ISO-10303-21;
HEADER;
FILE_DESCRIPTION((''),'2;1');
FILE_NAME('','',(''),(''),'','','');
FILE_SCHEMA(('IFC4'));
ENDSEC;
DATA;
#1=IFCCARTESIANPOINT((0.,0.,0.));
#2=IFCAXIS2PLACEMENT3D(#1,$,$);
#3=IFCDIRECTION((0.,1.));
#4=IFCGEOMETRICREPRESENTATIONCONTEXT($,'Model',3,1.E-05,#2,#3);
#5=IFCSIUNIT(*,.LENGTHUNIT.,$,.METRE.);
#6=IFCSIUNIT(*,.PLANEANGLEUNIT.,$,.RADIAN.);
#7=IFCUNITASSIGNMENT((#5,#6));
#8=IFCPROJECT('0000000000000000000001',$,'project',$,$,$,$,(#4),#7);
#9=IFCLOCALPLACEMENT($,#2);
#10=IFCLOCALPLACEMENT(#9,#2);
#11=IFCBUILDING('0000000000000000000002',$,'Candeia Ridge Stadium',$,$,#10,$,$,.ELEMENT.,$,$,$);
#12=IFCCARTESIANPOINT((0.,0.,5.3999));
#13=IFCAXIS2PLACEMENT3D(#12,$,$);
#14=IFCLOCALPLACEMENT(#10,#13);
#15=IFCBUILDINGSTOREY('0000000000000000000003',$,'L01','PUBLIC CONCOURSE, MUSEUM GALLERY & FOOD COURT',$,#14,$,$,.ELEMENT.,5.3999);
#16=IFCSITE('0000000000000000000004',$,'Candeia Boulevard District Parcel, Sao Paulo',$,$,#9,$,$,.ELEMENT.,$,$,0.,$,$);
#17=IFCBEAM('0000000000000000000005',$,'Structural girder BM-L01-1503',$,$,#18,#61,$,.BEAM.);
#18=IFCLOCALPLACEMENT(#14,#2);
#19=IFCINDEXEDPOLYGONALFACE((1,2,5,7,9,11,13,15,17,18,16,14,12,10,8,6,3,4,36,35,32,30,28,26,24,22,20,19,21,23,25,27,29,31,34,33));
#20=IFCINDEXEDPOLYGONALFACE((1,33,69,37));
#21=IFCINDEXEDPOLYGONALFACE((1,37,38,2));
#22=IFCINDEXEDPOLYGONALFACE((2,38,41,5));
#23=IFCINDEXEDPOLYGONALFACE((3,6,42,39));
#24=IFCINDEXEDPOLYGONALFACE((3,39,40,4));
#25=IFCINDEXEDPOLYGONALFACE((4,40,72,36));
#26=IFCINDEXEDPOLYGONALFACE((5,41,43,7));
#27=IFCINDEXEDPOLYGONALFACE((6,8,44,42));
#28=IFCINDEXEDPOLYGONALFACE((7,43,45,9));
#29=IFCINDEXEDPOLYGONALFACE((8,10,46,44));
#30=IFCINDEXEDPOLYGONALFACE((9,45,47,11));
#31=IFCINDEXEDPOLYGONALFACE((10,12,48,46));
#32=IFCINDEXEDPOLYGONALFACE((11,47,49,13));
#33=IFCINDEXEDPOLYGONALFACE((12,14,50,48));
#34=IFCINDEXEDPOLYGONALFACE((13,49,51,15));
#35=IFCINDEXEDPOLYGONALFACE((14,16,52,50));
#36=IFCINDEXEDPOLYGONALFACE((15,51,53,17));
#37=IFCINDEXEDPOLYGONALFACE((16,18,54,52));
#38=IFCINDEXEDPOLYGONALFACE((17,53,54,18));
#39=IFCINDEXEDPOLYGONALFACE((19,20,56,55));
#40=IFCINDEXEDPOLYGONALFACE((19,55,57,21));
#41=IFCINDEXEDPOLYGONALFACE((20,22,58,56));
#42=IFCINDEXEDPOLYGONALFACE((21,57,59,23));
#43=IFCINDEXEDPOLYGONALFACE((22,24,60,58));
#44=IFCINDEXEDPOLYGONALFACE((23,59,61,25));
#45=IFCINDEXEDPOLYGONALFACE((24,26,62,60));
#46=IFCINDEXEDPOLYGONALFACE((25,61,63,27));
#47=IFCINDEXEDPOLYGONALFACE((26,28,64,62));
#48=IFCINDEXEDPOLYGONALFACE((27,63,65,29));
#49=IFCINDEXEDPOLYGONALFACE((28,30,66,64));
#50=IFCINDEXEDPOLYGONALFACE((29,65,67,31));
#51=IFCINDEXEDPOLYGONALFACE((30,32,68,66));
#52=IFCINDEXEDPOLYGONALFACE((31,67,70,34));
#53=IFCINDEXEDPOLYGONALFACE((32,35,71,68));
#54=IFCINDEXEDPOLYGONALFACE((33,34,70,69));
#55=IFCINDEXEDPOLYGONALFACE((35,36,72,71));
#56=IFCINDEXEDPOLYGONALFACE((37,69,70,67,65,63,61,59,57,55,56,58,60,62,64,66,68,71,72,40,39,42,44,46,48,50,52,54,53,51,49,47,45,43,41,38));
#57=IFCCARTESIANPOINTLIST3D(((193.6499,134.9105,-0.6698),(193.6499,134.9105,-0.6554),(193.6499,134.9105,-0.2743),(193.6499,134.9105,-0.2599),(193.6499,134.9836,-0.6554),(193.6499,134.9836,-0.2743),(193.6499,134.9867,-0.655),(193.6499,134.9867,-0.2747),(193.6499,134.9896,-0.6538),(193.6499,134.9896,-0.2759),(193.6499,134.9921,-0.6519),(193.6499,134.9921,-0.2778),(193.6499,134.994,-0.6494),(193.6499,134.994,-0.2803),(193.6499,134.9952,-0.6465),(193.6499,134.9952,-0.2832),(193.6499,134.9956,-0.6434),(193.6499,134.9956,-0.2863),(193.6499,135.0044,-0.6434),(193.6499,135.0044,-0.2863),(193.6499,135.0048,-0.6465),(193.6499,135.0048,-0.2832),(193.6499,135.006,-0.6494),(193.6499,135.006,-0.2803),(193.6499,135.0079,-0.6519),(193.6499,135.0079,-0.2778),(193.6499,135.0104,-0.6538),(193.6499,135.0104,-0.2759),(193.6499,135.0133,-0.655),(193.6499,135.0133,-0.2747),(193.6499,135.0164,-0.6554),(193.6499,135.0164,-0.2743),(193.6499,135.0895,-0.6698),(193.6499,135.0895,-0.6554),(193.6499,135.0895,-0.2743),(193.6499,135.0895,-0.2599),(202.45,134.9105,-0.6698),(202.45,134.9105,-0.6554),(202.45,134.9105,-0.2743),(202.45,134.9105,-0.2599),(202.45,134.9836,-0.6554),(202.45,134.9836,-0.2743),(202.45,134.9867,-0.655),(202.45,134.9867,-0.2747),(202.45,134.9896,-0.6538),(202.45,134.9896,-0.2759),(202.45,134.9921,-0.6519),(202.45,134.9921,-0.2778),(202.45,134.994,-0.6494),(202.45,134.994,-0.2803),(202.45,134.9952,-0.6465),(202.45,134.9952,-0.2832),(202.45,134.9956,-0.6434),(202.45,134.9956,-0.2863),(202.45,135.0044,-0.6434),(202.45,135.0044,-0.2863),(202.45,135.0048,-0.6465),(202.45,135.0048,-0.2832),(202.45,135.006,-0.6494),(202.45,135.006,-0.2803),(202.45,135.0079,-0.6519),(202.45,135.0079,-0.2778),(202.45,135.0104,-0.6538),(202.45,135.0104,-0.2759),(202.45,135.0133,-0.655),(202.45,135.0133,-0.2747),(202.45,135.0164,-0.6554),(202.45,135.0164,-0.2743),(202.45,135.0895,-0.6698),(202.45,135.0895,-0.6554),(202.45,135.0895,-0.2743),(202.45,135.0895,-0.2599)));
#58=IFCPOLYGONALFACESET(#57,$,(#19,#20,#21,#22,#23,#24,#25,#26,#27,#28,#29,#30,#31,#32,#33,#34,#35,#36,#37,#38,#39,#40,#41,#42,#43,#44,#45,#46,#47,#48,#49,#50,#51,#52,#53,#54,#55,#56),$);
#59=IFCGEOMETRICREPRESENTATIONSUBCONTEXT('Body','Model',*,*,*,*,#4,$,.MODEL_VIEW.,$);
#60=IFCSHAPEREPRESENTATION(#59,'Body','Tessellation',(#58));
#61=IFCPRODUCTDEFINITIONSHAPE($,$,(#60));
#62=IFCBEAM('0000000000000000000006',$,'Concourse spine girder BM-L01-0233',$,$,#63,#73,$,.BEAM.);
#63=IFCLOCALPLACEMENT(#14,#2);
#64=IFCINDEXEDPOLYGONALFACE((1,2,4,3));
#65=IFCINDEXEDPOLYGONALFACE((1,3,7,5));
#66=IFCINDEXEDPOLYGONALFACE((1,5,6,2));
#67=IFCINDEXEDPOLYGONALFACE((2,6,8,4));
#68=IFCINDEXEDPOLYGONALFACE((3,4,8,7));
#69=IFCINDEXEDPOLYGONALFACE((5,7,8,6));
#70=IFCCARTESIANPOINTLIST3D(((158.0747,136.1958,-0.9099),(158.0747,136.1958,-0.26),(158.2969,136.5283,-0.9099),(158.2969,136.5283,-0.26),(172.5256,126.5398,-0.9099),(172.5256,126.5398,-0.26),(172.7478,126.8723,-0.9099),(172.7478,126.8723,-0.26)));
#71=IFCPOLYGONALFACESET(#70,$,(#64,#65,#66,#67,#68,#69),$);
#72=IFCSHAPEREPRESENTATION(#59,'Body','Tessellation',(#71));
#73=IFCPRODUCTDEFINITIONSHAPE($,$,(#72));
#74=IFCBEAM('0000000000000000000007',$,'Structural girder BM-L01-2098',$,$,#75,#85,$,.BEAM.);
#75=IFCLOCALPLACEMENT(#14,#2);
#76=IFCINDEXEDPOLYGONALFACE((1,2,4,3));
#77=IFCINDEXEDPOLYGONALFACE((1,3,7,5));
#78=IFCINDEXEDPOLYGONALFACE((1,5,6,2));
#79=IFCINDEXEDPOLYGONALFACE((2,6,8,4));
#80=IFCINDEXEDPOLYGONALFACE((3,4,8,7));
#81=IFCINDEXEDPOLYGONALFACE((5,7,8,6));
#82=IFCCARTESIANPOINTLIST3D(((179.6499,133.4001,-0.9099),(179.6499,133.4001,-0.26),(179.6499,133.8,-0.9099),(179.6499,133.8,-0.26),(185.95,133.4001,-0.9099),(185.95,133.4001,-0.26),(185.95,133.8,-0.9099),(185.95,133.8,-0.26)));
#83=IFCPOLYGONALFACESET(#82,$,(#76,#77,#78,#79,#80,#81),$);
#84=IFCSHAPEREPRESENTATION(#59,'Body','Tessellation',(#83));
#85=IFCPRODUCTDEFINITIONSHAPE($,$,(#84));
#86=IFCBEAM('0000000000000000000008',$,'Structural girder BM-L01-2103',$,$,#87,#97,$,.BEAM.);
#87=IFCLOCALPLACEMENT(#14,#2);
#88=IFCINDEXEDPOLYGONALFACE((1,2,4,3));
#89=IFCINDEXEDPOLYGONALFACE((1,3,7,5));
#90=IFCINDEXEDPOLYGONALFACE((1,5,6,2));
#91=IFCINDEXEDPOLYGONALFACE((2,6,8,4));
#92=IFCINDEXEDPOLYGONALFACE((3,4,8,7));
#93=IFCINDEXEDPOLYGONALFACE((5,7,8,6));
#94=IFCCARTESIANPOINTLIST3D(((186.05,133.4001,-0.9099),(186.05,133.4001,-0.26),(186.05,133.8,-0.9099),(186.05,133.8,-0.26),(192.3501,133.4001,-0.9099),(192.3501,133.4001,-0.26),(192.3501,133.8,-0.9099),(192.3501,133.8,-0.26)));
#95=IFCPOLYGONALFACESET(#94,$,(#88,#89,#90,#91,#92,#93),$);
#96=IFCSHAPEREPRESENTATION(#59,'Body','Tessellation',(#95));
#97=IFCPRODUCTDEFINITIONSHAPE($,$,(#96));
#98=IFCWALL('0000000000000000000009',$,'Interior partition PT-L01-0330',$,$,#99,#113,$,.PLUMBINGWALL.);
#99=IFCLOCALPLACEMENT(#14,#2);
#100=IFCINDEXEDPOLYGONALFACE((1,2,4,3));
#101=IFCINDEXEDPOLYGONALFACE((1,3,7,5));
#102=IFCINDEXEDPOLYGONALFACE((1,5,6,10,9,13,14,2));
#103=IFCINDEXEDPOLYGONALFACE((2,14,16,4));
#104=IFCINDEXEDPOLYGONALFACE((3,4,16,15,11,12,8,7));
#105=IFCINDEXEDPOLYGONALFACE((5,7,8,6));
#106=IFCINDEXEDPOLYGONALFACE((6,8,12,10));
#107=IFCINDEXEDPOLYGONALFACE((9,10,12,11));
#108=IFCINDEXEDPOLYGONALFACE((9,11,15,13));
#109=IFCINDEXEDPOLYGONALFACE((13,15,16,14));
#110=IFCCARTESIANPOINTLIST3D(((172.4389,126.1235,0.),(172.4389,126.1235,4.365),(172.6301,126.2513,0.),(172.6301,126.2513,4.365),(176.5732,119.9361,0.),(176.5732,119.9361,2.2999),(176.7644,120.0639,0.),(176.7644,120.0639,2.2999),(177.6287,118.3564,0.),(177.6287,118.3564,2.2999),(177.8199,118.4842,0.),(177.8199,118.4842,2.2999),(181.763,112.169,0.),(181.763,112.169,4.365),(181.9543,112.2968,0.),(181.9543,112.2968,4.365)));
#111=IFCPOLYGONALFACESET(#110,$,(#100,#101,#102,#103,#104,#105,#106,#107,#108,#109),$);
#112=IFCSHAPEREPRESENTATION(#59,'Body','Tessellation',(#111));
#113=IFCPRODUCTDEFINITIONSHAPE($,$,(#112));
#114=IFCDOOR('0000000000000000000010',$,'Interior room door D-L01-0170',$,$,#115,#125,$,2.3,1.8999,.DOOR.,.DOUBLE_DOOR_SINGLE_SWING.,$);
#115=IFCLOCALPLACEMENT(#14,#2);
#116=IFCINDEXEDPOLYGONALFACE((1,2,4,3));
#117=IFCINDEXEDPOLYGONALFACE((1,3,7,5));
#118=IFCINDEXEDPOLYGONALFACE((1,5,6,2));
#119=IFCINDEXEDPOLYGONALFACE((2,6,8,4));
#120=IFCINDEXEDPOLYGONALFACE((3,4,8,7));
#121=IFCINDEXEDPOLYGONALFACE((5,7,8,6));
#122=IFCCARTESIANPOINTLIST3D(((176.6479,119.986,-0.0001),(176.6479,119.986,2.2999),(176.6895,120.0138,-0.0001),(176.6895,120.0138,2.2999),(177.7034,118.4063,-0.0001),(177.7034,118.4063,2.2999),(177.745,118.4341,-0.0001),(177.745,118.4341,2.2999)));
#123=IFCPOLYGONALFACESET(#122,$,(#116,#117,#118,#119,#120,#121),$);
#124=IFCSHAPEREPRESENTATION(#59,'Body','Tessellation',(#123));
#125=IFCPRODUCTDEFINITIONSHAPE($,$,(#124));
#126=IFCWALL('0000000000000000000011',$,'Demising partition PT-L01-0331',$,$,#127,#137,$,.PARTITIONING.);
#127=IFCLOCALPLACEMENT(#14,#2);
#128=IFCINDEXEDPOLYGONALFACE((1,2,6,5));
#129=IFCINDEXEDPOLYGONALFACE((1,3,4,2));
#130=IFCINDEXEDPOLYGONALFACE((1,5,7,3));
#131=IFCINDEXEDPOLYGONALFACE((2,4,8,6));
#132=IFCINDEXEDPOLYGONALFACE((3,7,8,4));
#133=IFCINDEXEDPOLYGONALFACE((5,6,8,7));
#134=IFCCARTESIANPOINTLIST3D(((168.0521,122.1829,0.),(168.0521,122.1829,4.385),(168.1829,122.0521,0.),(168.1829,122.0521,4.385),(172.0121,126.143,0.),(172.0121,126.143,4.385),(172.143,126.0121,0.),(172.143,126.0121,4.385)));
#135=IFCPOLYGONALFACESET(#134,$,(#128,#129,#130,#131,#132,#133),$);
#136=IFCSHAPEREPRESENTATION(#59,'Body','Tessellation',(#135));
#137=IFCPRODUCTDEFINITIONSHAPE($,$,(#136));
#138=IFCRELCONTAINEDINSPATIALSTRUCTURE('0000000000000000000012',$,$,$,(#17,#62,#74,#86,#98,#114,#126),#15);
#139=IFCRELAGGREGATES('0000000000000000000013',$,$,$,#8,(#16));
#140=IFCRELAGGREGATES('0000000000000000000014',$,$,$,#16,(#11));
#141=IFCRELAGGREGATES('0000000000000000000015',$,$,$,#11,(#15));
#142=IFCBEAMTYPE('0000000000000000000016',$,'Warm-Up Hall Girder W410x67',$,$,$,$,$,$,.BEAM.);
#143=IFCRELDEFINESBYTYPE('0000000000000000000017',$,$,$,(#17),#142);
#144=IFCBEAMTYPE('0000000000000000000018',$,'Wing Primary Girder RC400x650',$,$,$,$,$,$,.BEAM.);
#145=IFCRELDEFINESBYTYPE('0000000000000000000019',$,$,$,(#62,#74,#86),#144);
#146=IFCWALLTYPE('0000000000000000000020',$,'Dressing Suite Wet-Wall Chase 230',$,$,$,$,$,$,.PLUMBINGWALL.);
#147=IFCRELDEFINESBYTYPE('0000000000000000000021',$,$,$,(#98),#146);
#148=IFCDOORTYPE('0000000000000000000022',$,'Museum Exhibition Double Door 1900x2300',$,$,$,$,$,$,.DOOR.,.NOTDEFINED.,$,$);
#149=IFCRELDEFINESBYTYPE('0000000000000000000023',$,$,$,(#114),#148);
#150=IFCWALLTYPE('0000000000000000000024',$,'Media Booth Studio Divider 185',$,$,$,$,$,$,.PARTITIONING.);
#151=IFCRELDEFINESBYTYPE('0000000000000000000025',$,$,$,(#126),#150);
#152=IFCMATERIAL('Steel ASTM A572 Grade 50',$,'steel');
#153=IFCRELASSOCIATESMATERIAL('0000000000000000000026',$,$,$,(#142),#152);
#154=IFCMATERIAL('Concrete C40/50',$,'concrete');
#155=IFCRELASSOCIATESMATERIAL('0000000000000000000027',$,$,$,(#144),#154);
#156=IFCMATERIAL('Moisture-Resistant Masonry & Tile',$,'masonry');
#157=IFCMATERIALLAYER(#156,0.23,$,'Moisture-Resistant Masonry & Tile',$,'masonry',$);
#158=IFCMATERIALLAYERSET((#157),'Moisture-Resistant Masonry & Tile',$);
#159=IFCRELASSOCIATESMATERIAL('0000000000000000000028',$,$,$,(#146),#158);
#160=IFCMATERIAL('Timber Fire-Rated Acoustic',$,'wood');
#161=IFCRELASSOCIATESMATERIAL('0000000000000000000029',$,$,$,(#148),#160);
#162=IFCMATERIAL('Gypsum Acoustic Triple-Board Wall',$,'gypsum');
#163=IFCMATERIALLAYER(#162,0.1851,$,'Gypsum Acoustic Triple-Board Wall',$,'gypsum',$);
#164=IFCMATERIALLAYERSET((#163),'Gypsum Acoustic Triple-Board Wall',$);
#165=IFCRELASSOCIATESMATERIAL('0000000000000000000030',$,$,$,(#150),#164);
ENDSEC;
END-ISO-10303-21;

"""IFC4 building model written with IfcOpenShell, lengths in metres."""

from ifc_helpers import new_model, si_unit, direction, frame, frame_2d, origin, origin_2d, place, context, subcontext, project, spatial, rectangle, i_section, extrude, material, layer, layer_set, material_profile, profile_set, type_object, element, fill, save


model = new_model("IFC4")

# Units and contexts
model_context = context("Model", 3, precision=1e-05, world=origin(), true_north=direction((0.0, 1.0)))
body_context = subcontext(model_context, "Body", "Model", "MODEL_VIEW")
ifc_project = project(units=[si_unit("LENGTHUNIT", "METRE"), si_unit("PLANEANGLEUNIT", "RADIAN")], contexts=[model_context])

# Site, building, storey
site_placement = place(None, origin())
site = spatial("IfcSite", under=ifc_project, at=site_placement, Name="Candeia Boulevard District Parcel, Sao Paulo", CompositionType="ELEMENT", RefElevation=0.0)
building_placement = place(site_placement, origin())
building = spatial("IfcBuilding", under=site, at=building_placement, Name="Candeia Ridge Stadium", CompositionType="ELEMENT")
storey_placement = place(building_placement, frame((0.0, 0.0, 5.3999)))
storey = spatial("IfcBuildingStorey", under=building, at=storey_placement, Name="L01", Description="PUBLIC CONCOURSE, MUSEUM GALLERY & FOOD COURT", CompositionType="ELEMENT", Elevation=5.3999)

# Shared definitions
ifc_material_1 = material(Name="Concrete C40/50", Category="concrete")

# Beams
ifc_material_2 = material(Name="Steel ASTM A572 Grade 50", Category="steel")
ifc_material_profile_1 = material_profile(ifc_material_2, i_section(OverallWidth=0.179, OverallDepth=0.4099, WebThickness=0.0088, FlangeThickness=0.0144, FilletRadius=0.012, at=origin_2d()), Name="W410x67", Category="steel")
ifc_profile_set_1 = profile_set([ifc_material_profile_1], Name="Steel ASTM A572 Grade 50")
beam_type_1 = type_object("IfcBeamType", Name="Warm-Up Hall Girder W410x67", PredefinedType="BEAM", material=ifc_profile_set_1)
for number, where, z_axis, x_axis, name in (
    (1, (193.6499, 135.0, -0.4648), (1.0, 0.0, 0.0), (0.0, 1.0, 0.0), "Structural girder BM-L01-1503"),
):
    element("IfcBeam", number, at=place(storey_placement, frame(where, z_axis=z_axis, x_axis=x_axis)), inside=storey, type_object=beam_type_1, Name=name, PredefinedType="BEAM", context=body_context, shape_type="SweptSolid", body=[
        extrude(i_section(OverallWidth=0.179, OverallDepth=0.4099, WebThickness=0.0088, FlangeThickness=0.0144, FilletRadius=0.012, at=origin_2d()), origin(), (0.0, 0.0, 1.0), 8.8),
    ])
ifc_material_profile_2 = material_profile(ifc_material_1, rectangle(XDim=0.3999, YDim=0.6499, at=origin_2d()), Name="RC400x650", Category="concrete")
ifc_profile_set_2 = profile_set([ifc_material_profile_2], Name="Concrete C40/50")
beam_type_2 = type_object("IfcBeamType", Name="Wing Primary Girder RC400x650", PredefinedType="BEAM", material=ifc_profile_set_2)
beam_1_placement = place(storey_placement, frame((172.6367, 126.7061, -0.585), z_axis=(-0.831464, 0.555578, 0.0), x_axis=(-0.555578, -0.831464, 0.0)))
element("IfcBeam", 2, at=beam_1_placement, inside=storey, type_object=beam_type_2, Name="Concourse spine girder BM-L01-0233", PredefinedType="BEAM", context=body_context, shape_type="SweptSolid", body=[
    extrude(rectangle(XDim=0.3999, YDim=0.6499, at=origin_2d()), origin(), (0.0, 0.0, 1.0), 17.3801),
])
for number, where, z_axis, x_axis, name in (
    (3, (179.6499, 133.6001, -0.585), (1.0, 0.0, 0.0), (0.0, 1.0, 0.0), "Structural girder BM-L01-2098"),
    (4, (186.05, 133.6001, -0.585), (1.0, 0.0, 0.0), (0.0, 1.0, 0.0), "Structural girder BM-L01-2103"),
):
    element("IfcBeam", number, at=place(storey_placement, frame(where, z_axis=z_axis, x_axis=x_axis)), inside=storey, type_object=beam_type_2, Name=name, PredefinedType="BEAM", context=body_context, shape_type="SweptSolid", body=[
        extrude(rectangle(XDim=0.3999, YDim=0.6499, at=origin_2d()), origin(), (0.0, 0.0, 1.0), 6.3),
    ])

# Wall, opening, door
ifc_material_3 = material(Name="Moisture-Resistant Masonry & Tile", Category="masonry")
ifc_layer_1 = layer(ifc_material_3, 0.23, Name="Moisture-Resistant Masonry & Tile", Category="masonry")
ifc_layer_set_1 = layer_set([ifc_layer_1], Name="Moisture-Resistant Masonry & Tile")
wall_type_1 = type_object("IfcWallType", Name="Dressing Suite Wet-Wall Chase 230", PredefinedType="PLUMBINGWALL", material=ifc_layer_set_1)
wall_1_placement = place(storey_placement, frame((172.5344, 126.1875, 0.0), z_axis=(0.0, 0.0, 1.0), x_axis=(0.555573, -0.831468, 0.0)))
wall_1 = element("IfcWall", 5, at=wall_1_placement, inside=storey, type_object=wall_type_1, Name="Interior partition PT-L01-0330", PredefinedType="PLUMBINGWALL", context=body_context, shape_type="SweptSolid", body=[
    extrude(rectangle(XDim=16.783, YDim=0.23, at=frame_2d((8.3916, 0.0))), origin(), (0.0, 0.0, 1.0), 4.365),
])
opening_placement = place(wall_1_placement, frame((7.4417, 0.0, 0.0)))
opening = element("IfcOpeningElement", 6, at=opening_placement, cuts=wall_1, PredefinedType="OPENING", context=body_context, shape_type="SweptSolid", body=[
    extrude(rectangle(XDim=1.8999, YDim=2.3, at=frame_2d((0.95, 1.1499))), frame((0.0, 0.125, 0.0), z_axis=(0.0, -1.0, 0.0), x_axis=(1.0, 0.0, 0.0)), (0.0, 0.0, 1.0), 0.25),
])
ifc_material_4 = material(Name="Timber Fire-Rated Acoustic", Category="wood")
door_type = type_object("IfcDoorType", Name="Museum Exhibition Double Door 1900x2300", OperationType="NOTDEFINED", PredefinedType="DOOR", material=ifc_material_4)
door_placement = place(opening_placement, origin())
door = element("IfcDoor", 7, at=door_placement, inside=storey, type_object=door_type, Name="Interior room door D-L01-0170", OperationType="DOUBLE_DOOR_SINGLE_SWING", OverallHeight=2.3, OverallWidth=1.8999, PredefinedType="DOOR", context=body_context, shape_type="SweptSolid", body=[
    extrude(rectangle(XDim=1.8999, YDim=2.3, at=frame_2d((0.95, 1.1499))), frame((0.0, 0.0249, 0.0), z_axis=(0.0, -1.0, 0.0), x_axis=(1.0, 0.0, 0.0)), (0.0, 0.0, 1.0), 0.05),
])
fill(opening, door)

# Wall
ifc_material_5 = material(Name="Gypsum Acoustic Triple-Board Wall", Category="gypsum")
ifc_layer_2 = layer(ifc_material_5, 0.1851, Name="Gypsum Acoustic Triple-Board Wall", Category="gypsum")
ifc_layer_set_2 = layer_set([ifc_layer_2], Name="Gypsum Acoustic Triple-Board Wall")
wall_type_2 = type_object("IfcWallType", Name="Media Booth Studio Divider 185", PredefinedType="PARTITIONING", material=ifc_layer_set_2)
wall_2_placement = place(storey_placement, frame((168.1174, 122.1174, 0.0), z_axis=(0.0, 0.0, 1.0), x_axis=(0.707107, 0.707107, 0.0)))
element("IfcWall", 8, at=wall_2_placement, inside=storey, type_object=wall_type_2, Name="Demising partition PT-L01-0331", PredefinedType="PARTITIONING", context=body_context, shape_type="SweptSolid", body=[
    extrude(rectangle(XDim=5.6003, YDim=0.1851, at=frame_2d((2.8003, 0.0))), origin(), (0.0, 0.0, 1.0), 4.385),
])

save(model, "model.ifc")
